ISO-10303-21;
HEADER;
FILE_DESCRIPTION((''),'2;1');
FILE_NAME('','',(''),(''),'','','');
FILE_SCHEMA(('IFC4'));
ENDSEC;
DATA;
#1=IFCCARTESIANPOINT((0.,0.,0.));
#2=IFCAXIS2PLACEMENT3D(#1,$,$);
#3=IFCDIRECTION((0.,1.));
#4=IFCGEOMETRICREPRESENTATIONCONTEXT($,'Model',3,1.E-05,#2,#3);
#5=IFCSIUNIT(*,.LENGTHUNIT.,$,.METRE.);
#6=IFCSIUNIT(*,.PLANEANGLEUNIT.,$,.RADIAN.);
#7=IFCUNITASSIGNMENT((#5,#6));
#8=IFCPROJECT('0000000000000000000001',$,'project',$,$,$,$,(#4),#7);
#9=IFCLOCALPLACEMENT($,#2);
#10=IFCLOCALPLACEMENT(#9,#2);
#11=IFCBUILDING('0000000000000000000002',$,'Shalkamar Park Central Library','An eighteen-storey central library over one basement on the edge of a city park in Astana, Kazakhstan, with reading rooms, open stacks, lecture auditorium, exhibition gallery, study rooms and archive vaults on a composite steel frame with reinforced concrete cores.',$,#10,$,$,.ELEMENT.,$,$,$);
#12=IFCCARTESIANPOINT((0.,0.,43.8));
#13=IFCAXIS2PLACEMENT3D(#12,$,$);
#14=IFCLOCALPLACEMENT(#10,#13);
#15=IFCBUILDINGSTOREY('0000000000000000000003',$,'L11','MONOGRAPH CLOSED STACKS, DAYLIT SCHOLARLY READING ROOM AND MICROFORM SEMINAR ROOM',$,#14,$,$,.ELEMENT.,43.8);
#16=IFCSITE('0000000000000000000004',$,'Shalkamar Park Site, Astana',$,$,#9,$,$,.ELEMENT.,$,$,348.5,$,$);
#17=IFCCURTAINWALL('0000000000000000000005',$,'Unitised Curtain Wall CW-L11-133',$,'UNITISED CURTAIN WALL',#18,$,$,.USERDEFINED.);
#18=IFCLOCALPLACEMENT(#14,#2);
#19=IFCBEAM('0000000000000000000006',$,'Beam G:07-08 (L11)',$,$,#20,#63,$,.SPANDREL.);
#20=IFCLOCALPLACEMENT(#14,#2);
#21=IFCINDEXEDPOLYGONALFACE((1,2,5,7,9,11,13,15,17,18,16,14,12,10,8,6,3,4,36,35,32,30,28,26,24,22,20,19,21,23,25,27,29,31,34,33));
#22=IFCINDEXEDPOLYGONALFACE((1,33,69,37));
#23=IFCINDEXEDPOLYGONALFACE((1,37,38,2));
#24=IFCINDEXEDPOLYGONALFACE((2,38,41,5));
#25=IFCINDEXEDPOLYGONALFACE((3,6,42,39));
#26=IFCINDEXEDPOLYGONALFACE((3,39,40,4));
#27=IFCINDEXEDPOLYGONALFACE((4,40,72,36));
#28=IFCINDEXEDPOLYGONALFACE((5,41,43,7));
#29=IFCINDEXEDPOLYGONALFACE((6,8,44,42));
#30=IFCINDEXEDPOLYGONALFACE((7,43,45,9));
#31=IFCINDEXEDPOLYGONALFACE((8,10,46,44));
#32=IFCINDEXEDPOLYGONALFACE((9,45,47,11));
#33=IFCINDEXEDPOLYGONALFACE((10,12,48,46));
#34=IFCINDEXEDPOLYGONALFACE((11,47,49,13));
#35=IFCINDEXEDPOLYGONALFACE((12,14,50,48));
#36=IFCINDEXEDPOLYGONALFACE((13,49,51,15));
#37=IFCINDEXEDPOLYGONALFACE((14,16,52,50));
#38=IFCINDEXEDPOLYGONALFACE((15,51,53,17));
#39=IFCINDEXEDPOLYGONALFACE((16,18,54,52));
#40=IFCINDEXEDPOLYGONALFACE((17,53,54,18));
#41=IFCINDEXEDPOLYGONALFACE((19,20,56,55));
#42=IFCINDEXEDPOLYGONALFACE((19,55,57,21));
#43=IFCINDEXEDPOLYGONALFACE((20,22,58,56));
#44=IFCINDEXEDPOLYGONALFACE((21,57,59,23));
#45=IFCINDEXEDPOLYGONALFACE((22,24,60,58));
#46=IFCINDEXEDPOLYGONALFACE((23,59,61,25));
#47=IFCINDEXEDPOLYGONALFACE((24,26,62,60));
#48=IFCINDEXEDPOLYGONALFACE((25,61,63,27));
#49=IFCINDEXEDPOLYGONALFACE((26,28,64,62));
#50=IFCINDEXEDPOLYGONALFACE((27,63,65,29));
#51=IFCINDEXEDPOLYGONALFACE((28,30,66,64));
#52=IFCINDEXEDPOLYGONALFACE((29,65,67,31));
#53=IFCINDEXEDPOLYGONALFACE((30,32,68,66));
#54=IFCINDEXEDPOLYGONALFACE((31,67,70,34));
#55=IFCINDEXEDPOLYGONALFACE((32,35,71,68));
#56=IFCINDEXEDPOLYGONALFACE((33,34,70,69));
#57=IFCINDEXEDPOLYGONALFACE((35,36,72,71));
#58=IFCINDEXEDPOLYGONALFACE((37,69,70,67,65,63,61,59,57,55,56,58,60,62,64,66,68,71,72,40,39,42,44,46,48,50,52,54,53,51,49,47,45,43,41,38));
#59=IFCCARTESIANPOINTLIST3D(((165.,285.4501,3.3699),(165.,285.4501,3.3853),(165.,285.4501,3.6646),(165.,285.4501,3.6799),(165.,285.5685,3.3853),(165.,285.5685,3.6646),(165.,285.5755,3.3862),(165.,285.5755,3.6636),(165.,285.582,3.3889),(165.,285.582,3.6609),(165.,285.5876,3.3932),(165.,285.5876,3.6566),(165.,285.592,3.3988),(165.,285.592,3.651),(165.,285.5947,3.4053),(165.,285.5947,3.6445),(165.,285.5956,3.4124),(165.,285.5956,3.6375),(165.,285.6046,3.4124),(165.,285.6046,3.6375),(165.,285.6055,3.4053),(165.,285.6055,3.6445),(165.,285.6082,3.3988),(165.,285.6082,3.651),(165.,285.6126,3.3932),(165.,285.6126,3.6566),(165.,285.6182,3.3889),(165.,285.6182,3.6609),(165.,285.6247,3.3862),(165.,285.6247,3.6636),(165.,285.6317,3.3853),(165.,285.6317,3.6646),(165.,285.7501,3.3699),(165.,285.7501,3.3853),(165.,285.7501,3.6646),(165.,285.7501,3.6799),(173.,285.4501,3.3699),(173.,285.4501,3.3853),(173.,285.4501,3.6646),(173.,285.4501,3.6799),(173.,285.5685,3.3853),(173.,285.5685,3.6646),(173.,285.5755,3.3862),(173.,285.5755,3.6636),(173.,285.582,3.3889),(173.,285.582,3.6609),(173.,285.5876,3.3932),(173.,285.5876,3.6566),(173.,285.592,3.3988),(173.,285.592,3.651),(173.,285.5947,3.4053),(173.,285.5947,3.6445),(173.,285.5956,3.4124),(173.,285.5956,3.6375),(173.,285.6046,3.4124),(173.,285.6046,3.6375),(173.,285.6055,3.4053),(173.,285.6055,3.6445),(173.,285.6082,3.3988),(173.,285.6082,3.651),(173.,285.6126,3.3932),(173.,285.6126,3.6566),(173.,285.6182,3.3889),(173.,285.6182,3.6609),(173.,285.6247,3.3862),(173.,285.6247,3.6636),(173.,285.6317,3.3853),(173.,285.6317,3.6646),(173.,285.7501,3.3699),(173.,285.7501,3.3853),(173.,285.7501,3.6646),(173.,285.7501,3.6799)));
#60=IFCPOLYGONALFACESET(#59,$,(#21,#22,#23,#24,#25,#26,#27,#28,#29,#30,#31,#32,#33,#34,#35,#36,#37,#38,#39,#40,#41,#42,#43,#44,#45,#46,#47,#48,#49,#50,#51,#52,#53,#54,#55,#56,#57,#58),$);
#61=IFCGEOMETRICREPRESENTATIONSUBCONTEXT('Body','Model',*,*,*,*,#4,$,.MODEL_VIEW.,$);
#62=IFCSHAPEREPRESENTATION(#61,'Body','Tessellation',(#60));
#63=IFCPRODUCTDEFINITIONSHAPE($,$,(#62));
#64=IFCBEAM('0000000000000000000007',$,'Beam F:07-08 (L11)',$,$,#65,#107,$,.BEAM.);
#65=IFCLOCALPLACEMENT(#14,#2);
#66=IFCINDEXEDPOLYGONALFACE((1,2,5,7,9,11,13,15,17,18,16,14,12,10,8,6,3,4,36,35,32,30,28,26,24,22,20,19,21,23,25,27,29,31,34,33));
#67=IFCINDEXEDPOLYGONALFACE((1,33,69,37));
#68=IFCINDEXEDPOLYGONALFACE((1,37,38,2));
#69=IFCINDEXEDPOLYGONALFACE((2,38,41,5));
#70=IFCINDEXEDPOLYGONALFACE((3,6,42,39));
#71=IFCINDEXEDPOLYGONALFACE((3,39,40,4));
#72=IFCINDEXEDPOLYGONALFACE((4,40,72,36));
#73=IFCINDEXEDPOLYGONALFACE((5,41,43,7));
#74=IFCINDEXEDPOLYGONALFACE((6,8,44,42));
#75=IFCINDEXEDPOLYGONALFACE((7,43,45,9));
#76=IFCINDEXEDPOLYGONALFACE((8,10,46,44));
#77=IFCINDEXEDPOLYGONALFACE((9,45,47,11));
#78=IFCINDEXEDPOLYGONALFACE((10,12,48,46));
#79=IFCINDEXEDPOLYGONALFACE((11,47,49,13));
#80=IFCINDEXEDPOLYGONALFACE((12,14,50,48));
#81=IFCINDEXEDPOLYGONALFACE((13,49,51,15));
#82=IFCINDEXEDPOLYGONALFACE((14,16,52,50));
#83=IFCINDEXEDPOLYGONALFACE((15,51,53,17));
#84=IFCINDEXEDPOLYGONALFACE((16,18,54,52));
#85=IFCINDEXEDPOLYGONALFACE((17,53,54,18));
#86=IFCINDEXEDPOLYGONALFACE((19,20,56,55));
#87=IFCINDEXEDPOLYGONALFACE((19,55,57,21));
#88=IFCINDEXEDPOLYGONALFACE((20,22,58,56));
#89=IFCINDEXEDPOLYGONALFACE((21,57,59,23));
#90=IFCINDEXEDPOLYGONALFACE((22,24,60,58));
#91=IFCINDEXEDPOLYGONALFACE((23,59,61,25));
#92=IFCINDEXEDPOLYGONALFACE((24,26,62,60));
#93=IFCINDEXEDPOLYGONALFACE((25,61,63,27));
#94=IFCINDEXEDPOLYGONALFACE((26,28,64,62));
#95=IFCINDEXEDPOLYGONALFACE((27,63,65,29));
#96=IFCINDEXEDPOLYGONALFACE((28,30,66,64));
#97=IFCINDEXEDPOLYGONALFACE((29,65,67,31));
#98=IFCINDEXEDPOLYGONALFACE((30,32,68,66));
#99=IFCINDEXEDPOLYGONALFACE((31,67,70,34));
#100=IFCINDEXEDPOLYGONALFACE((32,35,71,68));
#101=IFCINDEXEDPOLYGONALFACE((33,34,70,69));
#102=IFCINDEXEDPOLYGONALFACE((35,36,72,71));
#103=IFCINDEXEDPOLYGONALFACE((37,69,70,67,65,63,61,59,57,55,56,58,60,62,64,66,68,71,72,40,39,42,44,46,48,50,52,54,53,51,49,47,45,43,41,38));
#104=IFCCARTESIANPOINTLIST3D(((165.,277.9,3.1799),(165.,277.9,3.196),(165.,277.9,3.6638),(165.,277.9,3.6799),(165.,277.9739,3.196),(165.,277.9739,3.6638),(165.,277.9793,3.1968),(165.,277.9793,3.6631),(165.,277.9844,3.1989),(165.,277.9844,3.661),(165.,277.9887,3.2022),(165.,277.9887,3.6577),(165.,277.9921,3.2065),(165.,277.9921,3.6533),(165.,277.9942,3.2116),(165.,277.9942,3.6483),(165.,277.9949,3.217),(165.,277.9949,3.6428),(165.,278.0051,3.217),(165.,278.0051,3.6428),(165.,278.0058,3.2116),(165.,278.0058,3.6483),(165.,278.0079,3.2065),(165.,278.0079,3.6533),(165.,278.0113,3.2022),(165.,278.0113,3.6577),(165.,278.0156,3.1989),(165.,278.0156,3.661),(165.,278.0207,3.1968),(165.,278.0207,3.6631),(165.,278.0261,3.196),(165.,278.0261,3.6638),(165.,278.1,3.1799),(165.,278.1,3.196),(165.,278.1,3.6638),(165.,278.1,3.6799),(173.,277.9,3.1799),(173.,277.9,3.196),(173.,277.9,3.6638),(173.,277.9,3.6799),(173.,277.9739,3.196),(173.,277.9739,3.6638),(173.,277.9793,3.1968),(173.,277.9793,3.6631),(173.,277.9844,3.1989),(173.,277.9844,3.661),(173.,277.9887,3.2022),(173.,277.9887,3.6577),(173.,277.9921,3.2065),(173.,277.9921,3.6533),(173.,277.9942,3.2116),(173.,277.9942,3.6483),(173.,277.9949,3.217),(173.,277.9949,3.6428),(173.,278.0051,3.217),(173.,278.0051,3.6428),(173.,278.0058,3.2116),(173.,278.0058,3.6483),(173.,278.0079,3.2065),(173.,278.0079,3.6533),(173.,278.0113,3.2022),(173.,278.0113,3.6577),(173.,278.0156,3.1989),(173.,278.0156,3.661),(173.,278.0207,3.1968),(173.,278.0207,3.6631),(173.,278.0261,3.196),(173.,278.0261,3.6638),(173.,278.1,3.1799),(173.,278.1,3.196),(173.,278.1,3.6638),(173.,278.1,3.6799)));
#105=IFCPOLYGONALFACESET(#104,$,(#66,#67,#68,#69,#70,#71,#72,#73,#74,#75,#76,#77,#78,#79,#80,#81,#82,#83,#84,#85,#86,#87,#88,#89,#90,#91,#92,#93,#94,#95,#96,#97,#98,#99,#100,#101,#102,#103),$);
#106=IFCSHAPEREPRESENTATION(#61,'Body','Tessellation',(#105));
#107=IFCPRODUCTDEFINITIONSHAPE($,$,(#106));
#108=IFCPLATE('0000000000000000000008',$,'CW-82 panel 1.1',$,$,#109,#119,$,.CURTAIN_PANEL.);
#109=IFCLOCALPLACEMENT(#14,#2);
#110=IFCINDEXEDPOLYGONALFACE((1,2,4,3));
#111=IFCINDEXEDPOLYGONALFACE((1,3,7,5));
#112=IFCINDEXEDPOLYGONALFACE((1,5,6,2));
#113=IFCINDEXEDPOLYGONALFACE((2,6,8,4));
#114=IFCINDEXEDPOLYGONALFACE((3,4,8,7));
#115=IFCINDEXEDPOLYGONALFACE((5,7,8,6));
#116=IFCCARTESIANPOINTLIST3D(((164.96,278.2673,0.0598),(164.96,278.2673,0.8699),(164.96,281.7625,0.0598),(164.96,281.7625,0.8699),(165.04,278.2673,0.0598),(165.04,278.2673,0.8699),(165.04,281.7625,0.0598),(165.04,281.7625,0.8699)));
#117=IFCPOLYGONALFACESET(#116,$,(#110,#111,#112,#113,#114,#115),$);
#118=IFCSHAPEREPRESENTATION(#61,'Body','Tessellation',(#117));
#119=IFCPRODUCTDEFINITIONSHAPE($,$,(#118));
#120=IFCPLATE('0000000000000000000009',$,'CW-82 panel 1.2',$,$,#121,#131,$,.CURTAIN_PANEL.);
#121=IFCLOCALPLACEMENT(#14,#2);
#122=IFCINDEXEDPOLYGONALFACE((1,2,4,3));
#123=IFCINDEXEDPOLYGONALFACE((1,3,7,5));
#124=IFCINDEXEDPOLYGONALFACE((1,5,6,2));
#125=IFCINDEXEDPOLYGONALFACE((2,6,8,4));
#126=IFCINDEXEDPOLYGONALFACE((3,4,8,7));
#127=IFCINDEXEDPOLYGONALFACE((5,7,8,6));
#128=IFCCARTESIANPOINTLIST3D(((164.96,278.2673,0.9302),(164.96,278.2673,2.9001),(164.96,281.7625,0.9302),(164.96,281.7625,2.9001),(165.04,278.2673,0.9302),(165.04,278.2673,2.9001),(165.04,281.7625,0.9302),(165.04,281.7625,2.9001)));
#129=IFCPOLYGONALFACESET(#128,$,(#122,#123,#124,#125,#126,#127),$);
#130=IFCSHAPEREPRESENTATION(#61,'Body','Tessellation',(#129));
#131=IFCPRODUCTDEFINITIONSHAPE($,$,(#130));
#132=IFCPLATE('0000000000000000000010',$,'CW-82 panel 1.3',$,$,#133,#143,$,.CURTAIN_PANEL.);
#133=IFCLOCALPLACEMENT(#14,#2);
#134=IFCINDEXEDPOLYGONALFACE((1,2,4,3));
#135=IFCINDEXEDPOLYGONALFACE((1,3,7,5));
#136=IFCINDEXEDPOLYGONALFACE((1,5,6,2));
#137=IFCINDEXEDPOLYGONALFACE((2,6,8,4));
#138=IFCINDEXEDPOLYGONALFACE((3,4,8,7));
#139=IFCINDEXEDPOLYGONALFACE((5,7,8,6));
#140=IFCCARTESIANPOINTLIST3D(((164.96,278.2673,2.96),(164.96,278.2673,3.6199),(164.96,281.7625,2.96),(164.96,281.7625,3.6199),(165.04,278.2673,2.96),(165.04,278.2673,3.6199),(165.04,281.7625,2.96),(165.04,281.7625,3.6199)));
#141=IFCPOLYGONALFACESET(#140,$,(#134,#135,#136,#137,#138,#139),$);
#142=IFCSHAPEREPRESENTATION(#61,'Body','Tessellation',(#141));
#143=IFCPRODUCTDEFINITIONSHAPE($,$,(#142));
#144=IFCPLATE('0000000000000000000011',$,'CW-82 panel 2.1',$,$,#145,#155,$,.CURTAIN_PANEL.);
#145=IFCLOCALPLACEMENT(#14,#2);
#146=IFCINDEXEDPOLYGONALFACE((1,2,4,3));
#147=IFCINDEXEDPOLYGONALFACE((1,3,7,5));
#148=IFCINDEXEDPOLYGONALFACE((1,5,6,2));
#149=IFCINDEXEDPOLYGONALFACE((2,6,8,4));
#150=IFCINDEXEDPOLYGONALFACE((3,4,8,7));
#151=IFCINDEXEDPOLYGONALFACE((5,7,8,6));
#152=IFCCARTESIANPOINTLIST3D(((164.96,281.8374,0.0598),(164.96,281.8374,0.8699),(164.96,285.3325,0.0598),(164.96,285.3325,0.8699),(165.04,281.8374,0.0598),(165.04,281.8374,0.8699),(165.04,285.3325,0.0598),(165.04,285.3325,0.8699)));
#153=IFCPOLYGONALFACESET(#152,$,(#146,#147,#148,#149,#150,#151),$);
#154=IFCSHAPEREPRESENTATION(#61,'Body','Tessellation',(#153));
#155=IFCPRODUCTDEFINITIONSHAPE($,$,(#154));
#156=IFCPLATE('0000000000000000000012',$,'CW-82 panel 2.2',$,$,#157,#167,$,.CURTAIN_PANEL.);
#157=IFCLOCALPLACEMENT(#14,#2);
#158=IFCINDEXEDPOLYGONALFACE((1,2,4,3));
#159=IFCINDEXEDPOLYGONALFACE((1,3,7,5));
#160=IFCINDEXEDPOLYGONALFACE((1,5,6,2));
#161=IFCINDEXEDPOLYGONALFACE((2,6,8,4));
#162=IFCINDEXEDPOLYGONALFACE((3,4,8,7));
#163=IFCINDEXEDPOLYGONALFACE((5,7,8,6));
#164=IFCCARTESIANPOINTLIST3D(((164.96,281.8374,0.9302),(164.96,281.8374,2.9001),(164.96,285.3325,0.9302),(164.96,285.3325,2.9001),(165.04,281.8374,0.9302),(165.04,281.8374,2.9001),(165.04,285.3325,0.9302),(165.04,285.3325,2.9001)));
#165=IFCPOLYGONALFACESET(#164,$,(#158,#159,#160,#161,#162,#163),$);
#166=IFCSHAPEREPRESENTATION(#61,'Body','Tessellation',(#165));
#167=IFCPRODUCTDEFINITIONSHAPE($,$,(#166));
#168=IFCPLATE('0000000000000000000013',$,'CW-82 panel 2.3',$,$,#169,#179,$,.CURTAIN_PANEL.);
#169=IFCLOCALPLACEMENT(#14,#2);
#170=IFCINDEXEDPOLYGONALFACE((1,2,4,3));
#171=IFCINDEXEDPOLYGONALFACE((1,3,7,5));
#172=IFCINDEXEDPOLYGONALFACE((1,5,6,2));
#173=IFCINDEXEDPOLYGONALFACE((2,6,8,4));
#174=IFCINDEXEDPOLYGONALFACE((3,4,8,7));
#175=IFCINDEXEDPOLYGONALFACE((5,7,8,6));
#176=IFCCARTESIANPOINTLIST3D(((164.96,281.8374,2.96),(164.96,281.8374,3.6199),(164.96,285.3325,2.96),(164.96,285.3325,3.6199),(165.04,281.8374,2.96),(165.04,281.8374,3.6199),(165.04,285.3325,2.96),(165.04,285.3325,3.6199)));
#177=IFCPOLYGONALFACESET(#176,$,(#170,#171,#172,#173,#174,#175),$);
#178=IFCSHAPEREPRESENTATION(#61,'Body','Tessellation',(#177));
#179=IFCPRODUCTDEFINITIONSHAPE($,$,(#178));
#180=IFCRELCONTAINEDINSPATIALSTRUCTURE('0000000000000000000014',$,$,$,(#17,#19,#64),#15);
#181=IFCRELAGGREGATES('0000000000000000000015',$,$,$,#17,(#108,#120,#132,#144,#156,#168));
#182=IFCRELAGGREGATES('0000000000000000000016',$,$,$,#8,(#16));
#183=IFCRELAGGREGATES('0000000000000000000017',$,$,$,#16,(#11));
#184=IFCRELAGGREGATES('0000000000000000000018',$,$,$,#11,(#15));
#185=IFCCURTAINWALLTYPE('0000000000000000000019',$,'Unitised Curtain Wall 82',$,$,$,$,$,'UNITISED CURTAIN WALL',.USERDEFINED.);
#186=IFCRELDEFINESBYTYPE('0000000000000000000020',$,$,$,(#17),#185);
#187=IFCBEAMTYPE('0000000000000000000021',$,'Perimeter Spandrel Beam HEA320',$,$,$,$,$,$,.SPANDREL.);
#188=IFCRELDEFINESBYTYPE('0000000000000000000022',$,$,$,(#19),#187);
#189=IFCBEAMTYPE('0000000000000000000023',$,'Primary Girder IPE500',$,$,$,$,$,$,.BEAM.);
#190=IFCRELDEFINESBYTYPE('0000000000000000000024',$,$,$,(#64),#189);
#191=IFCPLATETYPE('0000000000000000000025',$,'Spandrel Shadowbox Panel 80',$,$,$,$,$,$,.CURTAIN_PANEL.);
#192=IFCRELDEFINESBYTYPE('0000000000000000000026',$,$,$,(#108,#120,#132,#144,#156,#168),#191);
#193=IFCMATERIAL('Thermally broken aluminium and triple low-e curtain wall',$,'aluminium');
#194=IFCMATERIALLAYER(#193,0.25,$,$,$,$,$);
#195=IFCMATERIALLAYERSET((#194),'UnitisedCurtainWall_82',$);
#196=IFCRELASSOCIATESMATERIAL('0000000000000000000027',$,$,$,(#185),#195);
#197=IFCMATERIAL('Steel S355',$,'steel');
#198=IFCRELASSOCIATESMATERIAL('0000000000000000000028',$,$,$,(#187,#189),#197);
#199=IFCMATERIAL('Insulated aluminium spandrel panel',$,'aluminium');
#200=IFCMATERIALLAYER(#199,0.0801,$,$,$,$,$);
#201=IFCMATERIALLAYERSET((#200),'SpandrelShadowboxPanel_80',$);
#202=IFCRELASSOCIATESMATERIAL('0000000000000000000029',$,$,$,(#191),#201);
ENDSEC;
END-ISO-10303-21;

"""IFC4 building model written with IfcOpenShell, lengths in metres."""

from ifc_helpers import new_model, si_unit, direction, frame, origin, origin_2d, place, context, subcontext, project, spatial, rectangle, i_section, extrude, material, layer, layer_set, material_profile, profile_set, type_object, element, aggregate, save


model = new_model("IFC4")

# Units and contexts
model_context = context("Model", 3, precision=1e-05, world=origin(), true_north=direction((0.0, 1.0)))
body_context = subcontext(model_context, "Body", "Model", "MODEL_VIEW")
ifc_project = project(units=[si_unit("LENGTHUNIT", "METRE"), si_unit("PLANEANGLEUNIT", "RADIAN")], contexts=[model_context])

# Site, building, storey
site_placement = place(None, origin())
site = spatial("IfcSite", under=ifc_project, at=site_placement, Name="Shalkamar Park Site, Astana", CompositionType="ELEMENT", RefElevation=348.5)
building_placement = place(site_placement, origin())
building = spatial("IfcBuilding", under=site, at=building_placement, Name="Shalkamar Park Central Library", Description="An eighteen-storey central library over one basement on the edge of a city park in Astana, Kazakhstan, with reading rooms, open stacks, lecture auditorium, exhibition gallery, study rooms and archive vaults on a composite steel frame with reinforced concrete cores.", CompositionType="ELEMENT")
storey_placement = place(building_placement, frame((0.0, 0.0, 43.8)))
storey = spatial("IfcBuildingStorey", under=building, at=storey_placement, Name="L11", Description="MONOGRAPH CLOSED STACKS, DAYLIT SCHOLARLY READING ROOM AND MICROFORM SEMINAR ROOM", CompositionType="ELEMENT", Elevation=43.8)

# Shared definitions
ifc_material_1 = material(Name="Steel S355", Category="steel")

# Curtain wall
ifc_material_2 = material(Name="Thermally broken aluminium and triple low-e curtain wall", Category="aluminium")
ifc_layer_1 = layer(ifc_material_2, 0.25)
ifc_layer_set_1 = layer_set([ifc_layer_1], Name="UnitisedCurtainWall_82")
curtain_wall_type_1 = type_object("IfcCurtainWallType", Name="Unitised Curtain Wall 82", ElementType="UNITISED CURTAIN WALL", PredefinedType="USERDEFINED", material=ifc_layer_set_1)
curtain_wall_1_placement = place(storey_placement, origin())
curtain_wall_1 = element("IfcCurtainWall", 1, at=curtain_wall_1_placement, inside=storey, type_object=curtain_wall_type_1, Name="Unitised Curtain Wall CW-L11-133", ObjectType="UNITISED CURTAIN WALL", PredefinedType="USERDEFINED")

# Beams
ifc_material_profile_1 = material_profile(ifc_material_1, i_section(OverallWidth=0.3, OverallDepth=0.3101, WebThickness=0.009, FlangeThickness=0.0154, FilletRadius=0.0271, at=origin_2d()), Name="HEA 320")
ifc_profile_set_1 = profile_set([ifc_material_profile_1], Name="Steel S355")
beam_type_1 = type_object("IfcBeamType", Name="Perimeter Spandrel Beam HEA320", PredefinedType="SPANDREL", material=ifc_profile_set_1)
beam_1_placement = place(storey_placement, frame((165.0, 285.6001, 3.5249), z_axis=(1.0, 0.0, 0.0), x_axis=(0.0, 1.0, 0.0)))
element("IfcBeam", 2, at=beam_1_placement, inside=storey, type_object=beam_type_1, Name="Beam G:07-08 (L11)", PredefinedType="SPANDREL", context=body_context, shape_type="SweptSolid", body=[
    extrude(i_section(OverallWidth=0.3, OverallDepth=0.3101, WebThickness=0.009, FlangeThickness=0.0154, FilletRadius=0.0271, at=origin_2d()), origin(), (0.0, 0.0, 1.0), 8.0),
])
ifc_material_profile_2 = material_profile(ifc_material_1, i_section(OverallWidth=0.2, OverallDepth=0.5, WebThickness=0.0103, FlangeThickness=0.0161, FilletRadius=0.021, at=origin_2d()), Name="IPE 500")
ifc_profile_set_2 = profile_set([ifc_material_profile_2], Name="Steel S355")
beam_type_2 = type_object("IfcBeamType", Name="Primary Girder IPE500", PredefinedType="BEAM", material=ifc_profile_set_2)
beam_2_placement = place(storey_placement, frame((165.0, 278.0, 3.4299), z_axis=(1.0, 0.0, 0.0), x_axis=(0.0, 1.0, 0.0)))
element("IfcBeam", 3, at=beam_2_placement, inside=storey, type_object=beam_type_2, Name="Beam F:07-08 (L11)", PredefinedType="BEAM", context=body_context, shape_type="SweptSolid", body=[
    extrude(i_section(OverallWidth=0.2, OverallDepth=0.5, WebThickness=0.0103, FlangeThickness=0.0161, FilletRadius=0.021, at=origin_2d()), origin(), (0.0, 0.0, 1.0), 8.0),
])

# Plates
ifc_material_3 = material(Name="Insulated aluminium spandrel panel", Category="aluminium")
ifc_layer_2 = layer(ifc_material_3, 0.0801)
ifc_layer_set_2 = layer_set([ifc_layer_2], Name="SpandrelShadowboxPanel_80")
plate_type = type_object("IfcPlateType", Name="Spandrel Shadowbox Panel 80", PredefinedType="CURTAIN_PANEL", material=ifc_layer_set_2)
plate_1_placement = place(storey_placement, frame((165.0, 280.0149, 0.0598), z_axis=(0.0, 0.0, 1.0), x_axis=(0.0, 1.0, 0.0)))
plate_1 = element("IfcPlate", 4, at=plate_1_placement, type_object=plate_type, Name="CW-82 panel 1.1", PredefinedType="CURTAIN_PANEL", context=body_context, shape_type="SweptSolid", body=[
    extrude(rectangle(XDim=3.4951, YDim=0.0801, at=origin_2d()), origin(), (0.0, 0.0, 1.0), 0.8101),
])
plate_2_placement = place(storey_placement, frame((165.0, 280.0149, 0.9302), z_axis=(0.0, 0.0, 1.0), x_axis=(0.0, 1.0, 0.0)))
plate_2 = element("IfcPlate", 5, at=plate_2_placement, type_object=plate_type, Name="CW-82 panel 1.2", PredefinedType="CURTAIN_PANEL", context=body_context, shape_type="SweptSolid", body=[
    extrude(rectangle(XDim=3.4951, YDim=0.0801, at=origin_2d()), origin(), (0.0, 0.0, 1.0), 1.97),
])
plate_3_placement = place(storey_placement, frame((165.0, 280.0149, 2.96), z_axis=(0.0, 0.0, 1.0), x_axis=(0.0, 1.0, 0.0)))
plate_3 = element("IfcPlate", 6, at=plate_3_placement, type_object=plate_type, Name="CW-82 panel 1.3", PredefinedType="CURTAIN_PANEL", context=body_context, shape_type="SweptSolid", body=[
    extrude(rectangle(XDim=3.4951, YDim=0.0801, at=origin_2d()), origin(), (0.0, 0.0, 1.0), 0.6599),
])
plate_4_placement = place(storey_placement, frame((165.0, 283.585, 0.0598), z_axis=(0.0, 0.0, 1.0), x_axis=(0.0, 1.0, 0.0)))
plate_4 = element("IfcPlate", 7, at=plate_4_placement, type_object=plate_type, Name="CW-82 panel 2.1", PredefinedType="CURTAIN_PANEL", context=body_context, shape_type="SweptSolid", body=[
    extrude(rectangle(XDim=3.4951, YDim=0.0801, at=origin_2d()), origin(), (0.0, 0.0, 1.0), 0.8101),
])
plate_5_placement = place(storey_placement, frame((165.0, 283.585, 0.9302), z_axis=(0.0, 0.0, 1.0), x_axis=(0.0, 1.0, 0.0)))
plate_5 = element("IfcPlate", 8, at=plate_5_placement, type_object=plate_type, Name="CW-82 panel 2.2", PredefinedType="CURTAIN_PANEL", context=body_context, shape_type="SweptSolid", body=[
    extrude(rectangle(XDim=3.4951, YDim=0.0801, at=origin_2d()), origin(), (0.0, 0.0, 1.0), 1.97),
])
plate_6_placement = place(storey_placement, frame((165.0, 283.585, 2.96), z_axis=(0.0, 0.0, 1.0), x_axis=(0.0, 1.0, 0.0)))
plate_6 = element("IfcPlate", 9, at=plate_6_placement, type_object=plate_type, Name="CW-82 panel 2.3", PredefinedType="CURTAIN_PANEL", context=body_context, shape_type="SweptSolid", body=[
    extrude(rectangle(XDim=3.4951, YDim=0.0801, at=origin_2d()), origin(), (0.0, 0.0, 1.0), 0.6599),
])
aggregate(curtain_wall_1, [plate_1, plate_2, plate_3, plate_4, plate_5, plate_6])

save(model, "model.ifc")
